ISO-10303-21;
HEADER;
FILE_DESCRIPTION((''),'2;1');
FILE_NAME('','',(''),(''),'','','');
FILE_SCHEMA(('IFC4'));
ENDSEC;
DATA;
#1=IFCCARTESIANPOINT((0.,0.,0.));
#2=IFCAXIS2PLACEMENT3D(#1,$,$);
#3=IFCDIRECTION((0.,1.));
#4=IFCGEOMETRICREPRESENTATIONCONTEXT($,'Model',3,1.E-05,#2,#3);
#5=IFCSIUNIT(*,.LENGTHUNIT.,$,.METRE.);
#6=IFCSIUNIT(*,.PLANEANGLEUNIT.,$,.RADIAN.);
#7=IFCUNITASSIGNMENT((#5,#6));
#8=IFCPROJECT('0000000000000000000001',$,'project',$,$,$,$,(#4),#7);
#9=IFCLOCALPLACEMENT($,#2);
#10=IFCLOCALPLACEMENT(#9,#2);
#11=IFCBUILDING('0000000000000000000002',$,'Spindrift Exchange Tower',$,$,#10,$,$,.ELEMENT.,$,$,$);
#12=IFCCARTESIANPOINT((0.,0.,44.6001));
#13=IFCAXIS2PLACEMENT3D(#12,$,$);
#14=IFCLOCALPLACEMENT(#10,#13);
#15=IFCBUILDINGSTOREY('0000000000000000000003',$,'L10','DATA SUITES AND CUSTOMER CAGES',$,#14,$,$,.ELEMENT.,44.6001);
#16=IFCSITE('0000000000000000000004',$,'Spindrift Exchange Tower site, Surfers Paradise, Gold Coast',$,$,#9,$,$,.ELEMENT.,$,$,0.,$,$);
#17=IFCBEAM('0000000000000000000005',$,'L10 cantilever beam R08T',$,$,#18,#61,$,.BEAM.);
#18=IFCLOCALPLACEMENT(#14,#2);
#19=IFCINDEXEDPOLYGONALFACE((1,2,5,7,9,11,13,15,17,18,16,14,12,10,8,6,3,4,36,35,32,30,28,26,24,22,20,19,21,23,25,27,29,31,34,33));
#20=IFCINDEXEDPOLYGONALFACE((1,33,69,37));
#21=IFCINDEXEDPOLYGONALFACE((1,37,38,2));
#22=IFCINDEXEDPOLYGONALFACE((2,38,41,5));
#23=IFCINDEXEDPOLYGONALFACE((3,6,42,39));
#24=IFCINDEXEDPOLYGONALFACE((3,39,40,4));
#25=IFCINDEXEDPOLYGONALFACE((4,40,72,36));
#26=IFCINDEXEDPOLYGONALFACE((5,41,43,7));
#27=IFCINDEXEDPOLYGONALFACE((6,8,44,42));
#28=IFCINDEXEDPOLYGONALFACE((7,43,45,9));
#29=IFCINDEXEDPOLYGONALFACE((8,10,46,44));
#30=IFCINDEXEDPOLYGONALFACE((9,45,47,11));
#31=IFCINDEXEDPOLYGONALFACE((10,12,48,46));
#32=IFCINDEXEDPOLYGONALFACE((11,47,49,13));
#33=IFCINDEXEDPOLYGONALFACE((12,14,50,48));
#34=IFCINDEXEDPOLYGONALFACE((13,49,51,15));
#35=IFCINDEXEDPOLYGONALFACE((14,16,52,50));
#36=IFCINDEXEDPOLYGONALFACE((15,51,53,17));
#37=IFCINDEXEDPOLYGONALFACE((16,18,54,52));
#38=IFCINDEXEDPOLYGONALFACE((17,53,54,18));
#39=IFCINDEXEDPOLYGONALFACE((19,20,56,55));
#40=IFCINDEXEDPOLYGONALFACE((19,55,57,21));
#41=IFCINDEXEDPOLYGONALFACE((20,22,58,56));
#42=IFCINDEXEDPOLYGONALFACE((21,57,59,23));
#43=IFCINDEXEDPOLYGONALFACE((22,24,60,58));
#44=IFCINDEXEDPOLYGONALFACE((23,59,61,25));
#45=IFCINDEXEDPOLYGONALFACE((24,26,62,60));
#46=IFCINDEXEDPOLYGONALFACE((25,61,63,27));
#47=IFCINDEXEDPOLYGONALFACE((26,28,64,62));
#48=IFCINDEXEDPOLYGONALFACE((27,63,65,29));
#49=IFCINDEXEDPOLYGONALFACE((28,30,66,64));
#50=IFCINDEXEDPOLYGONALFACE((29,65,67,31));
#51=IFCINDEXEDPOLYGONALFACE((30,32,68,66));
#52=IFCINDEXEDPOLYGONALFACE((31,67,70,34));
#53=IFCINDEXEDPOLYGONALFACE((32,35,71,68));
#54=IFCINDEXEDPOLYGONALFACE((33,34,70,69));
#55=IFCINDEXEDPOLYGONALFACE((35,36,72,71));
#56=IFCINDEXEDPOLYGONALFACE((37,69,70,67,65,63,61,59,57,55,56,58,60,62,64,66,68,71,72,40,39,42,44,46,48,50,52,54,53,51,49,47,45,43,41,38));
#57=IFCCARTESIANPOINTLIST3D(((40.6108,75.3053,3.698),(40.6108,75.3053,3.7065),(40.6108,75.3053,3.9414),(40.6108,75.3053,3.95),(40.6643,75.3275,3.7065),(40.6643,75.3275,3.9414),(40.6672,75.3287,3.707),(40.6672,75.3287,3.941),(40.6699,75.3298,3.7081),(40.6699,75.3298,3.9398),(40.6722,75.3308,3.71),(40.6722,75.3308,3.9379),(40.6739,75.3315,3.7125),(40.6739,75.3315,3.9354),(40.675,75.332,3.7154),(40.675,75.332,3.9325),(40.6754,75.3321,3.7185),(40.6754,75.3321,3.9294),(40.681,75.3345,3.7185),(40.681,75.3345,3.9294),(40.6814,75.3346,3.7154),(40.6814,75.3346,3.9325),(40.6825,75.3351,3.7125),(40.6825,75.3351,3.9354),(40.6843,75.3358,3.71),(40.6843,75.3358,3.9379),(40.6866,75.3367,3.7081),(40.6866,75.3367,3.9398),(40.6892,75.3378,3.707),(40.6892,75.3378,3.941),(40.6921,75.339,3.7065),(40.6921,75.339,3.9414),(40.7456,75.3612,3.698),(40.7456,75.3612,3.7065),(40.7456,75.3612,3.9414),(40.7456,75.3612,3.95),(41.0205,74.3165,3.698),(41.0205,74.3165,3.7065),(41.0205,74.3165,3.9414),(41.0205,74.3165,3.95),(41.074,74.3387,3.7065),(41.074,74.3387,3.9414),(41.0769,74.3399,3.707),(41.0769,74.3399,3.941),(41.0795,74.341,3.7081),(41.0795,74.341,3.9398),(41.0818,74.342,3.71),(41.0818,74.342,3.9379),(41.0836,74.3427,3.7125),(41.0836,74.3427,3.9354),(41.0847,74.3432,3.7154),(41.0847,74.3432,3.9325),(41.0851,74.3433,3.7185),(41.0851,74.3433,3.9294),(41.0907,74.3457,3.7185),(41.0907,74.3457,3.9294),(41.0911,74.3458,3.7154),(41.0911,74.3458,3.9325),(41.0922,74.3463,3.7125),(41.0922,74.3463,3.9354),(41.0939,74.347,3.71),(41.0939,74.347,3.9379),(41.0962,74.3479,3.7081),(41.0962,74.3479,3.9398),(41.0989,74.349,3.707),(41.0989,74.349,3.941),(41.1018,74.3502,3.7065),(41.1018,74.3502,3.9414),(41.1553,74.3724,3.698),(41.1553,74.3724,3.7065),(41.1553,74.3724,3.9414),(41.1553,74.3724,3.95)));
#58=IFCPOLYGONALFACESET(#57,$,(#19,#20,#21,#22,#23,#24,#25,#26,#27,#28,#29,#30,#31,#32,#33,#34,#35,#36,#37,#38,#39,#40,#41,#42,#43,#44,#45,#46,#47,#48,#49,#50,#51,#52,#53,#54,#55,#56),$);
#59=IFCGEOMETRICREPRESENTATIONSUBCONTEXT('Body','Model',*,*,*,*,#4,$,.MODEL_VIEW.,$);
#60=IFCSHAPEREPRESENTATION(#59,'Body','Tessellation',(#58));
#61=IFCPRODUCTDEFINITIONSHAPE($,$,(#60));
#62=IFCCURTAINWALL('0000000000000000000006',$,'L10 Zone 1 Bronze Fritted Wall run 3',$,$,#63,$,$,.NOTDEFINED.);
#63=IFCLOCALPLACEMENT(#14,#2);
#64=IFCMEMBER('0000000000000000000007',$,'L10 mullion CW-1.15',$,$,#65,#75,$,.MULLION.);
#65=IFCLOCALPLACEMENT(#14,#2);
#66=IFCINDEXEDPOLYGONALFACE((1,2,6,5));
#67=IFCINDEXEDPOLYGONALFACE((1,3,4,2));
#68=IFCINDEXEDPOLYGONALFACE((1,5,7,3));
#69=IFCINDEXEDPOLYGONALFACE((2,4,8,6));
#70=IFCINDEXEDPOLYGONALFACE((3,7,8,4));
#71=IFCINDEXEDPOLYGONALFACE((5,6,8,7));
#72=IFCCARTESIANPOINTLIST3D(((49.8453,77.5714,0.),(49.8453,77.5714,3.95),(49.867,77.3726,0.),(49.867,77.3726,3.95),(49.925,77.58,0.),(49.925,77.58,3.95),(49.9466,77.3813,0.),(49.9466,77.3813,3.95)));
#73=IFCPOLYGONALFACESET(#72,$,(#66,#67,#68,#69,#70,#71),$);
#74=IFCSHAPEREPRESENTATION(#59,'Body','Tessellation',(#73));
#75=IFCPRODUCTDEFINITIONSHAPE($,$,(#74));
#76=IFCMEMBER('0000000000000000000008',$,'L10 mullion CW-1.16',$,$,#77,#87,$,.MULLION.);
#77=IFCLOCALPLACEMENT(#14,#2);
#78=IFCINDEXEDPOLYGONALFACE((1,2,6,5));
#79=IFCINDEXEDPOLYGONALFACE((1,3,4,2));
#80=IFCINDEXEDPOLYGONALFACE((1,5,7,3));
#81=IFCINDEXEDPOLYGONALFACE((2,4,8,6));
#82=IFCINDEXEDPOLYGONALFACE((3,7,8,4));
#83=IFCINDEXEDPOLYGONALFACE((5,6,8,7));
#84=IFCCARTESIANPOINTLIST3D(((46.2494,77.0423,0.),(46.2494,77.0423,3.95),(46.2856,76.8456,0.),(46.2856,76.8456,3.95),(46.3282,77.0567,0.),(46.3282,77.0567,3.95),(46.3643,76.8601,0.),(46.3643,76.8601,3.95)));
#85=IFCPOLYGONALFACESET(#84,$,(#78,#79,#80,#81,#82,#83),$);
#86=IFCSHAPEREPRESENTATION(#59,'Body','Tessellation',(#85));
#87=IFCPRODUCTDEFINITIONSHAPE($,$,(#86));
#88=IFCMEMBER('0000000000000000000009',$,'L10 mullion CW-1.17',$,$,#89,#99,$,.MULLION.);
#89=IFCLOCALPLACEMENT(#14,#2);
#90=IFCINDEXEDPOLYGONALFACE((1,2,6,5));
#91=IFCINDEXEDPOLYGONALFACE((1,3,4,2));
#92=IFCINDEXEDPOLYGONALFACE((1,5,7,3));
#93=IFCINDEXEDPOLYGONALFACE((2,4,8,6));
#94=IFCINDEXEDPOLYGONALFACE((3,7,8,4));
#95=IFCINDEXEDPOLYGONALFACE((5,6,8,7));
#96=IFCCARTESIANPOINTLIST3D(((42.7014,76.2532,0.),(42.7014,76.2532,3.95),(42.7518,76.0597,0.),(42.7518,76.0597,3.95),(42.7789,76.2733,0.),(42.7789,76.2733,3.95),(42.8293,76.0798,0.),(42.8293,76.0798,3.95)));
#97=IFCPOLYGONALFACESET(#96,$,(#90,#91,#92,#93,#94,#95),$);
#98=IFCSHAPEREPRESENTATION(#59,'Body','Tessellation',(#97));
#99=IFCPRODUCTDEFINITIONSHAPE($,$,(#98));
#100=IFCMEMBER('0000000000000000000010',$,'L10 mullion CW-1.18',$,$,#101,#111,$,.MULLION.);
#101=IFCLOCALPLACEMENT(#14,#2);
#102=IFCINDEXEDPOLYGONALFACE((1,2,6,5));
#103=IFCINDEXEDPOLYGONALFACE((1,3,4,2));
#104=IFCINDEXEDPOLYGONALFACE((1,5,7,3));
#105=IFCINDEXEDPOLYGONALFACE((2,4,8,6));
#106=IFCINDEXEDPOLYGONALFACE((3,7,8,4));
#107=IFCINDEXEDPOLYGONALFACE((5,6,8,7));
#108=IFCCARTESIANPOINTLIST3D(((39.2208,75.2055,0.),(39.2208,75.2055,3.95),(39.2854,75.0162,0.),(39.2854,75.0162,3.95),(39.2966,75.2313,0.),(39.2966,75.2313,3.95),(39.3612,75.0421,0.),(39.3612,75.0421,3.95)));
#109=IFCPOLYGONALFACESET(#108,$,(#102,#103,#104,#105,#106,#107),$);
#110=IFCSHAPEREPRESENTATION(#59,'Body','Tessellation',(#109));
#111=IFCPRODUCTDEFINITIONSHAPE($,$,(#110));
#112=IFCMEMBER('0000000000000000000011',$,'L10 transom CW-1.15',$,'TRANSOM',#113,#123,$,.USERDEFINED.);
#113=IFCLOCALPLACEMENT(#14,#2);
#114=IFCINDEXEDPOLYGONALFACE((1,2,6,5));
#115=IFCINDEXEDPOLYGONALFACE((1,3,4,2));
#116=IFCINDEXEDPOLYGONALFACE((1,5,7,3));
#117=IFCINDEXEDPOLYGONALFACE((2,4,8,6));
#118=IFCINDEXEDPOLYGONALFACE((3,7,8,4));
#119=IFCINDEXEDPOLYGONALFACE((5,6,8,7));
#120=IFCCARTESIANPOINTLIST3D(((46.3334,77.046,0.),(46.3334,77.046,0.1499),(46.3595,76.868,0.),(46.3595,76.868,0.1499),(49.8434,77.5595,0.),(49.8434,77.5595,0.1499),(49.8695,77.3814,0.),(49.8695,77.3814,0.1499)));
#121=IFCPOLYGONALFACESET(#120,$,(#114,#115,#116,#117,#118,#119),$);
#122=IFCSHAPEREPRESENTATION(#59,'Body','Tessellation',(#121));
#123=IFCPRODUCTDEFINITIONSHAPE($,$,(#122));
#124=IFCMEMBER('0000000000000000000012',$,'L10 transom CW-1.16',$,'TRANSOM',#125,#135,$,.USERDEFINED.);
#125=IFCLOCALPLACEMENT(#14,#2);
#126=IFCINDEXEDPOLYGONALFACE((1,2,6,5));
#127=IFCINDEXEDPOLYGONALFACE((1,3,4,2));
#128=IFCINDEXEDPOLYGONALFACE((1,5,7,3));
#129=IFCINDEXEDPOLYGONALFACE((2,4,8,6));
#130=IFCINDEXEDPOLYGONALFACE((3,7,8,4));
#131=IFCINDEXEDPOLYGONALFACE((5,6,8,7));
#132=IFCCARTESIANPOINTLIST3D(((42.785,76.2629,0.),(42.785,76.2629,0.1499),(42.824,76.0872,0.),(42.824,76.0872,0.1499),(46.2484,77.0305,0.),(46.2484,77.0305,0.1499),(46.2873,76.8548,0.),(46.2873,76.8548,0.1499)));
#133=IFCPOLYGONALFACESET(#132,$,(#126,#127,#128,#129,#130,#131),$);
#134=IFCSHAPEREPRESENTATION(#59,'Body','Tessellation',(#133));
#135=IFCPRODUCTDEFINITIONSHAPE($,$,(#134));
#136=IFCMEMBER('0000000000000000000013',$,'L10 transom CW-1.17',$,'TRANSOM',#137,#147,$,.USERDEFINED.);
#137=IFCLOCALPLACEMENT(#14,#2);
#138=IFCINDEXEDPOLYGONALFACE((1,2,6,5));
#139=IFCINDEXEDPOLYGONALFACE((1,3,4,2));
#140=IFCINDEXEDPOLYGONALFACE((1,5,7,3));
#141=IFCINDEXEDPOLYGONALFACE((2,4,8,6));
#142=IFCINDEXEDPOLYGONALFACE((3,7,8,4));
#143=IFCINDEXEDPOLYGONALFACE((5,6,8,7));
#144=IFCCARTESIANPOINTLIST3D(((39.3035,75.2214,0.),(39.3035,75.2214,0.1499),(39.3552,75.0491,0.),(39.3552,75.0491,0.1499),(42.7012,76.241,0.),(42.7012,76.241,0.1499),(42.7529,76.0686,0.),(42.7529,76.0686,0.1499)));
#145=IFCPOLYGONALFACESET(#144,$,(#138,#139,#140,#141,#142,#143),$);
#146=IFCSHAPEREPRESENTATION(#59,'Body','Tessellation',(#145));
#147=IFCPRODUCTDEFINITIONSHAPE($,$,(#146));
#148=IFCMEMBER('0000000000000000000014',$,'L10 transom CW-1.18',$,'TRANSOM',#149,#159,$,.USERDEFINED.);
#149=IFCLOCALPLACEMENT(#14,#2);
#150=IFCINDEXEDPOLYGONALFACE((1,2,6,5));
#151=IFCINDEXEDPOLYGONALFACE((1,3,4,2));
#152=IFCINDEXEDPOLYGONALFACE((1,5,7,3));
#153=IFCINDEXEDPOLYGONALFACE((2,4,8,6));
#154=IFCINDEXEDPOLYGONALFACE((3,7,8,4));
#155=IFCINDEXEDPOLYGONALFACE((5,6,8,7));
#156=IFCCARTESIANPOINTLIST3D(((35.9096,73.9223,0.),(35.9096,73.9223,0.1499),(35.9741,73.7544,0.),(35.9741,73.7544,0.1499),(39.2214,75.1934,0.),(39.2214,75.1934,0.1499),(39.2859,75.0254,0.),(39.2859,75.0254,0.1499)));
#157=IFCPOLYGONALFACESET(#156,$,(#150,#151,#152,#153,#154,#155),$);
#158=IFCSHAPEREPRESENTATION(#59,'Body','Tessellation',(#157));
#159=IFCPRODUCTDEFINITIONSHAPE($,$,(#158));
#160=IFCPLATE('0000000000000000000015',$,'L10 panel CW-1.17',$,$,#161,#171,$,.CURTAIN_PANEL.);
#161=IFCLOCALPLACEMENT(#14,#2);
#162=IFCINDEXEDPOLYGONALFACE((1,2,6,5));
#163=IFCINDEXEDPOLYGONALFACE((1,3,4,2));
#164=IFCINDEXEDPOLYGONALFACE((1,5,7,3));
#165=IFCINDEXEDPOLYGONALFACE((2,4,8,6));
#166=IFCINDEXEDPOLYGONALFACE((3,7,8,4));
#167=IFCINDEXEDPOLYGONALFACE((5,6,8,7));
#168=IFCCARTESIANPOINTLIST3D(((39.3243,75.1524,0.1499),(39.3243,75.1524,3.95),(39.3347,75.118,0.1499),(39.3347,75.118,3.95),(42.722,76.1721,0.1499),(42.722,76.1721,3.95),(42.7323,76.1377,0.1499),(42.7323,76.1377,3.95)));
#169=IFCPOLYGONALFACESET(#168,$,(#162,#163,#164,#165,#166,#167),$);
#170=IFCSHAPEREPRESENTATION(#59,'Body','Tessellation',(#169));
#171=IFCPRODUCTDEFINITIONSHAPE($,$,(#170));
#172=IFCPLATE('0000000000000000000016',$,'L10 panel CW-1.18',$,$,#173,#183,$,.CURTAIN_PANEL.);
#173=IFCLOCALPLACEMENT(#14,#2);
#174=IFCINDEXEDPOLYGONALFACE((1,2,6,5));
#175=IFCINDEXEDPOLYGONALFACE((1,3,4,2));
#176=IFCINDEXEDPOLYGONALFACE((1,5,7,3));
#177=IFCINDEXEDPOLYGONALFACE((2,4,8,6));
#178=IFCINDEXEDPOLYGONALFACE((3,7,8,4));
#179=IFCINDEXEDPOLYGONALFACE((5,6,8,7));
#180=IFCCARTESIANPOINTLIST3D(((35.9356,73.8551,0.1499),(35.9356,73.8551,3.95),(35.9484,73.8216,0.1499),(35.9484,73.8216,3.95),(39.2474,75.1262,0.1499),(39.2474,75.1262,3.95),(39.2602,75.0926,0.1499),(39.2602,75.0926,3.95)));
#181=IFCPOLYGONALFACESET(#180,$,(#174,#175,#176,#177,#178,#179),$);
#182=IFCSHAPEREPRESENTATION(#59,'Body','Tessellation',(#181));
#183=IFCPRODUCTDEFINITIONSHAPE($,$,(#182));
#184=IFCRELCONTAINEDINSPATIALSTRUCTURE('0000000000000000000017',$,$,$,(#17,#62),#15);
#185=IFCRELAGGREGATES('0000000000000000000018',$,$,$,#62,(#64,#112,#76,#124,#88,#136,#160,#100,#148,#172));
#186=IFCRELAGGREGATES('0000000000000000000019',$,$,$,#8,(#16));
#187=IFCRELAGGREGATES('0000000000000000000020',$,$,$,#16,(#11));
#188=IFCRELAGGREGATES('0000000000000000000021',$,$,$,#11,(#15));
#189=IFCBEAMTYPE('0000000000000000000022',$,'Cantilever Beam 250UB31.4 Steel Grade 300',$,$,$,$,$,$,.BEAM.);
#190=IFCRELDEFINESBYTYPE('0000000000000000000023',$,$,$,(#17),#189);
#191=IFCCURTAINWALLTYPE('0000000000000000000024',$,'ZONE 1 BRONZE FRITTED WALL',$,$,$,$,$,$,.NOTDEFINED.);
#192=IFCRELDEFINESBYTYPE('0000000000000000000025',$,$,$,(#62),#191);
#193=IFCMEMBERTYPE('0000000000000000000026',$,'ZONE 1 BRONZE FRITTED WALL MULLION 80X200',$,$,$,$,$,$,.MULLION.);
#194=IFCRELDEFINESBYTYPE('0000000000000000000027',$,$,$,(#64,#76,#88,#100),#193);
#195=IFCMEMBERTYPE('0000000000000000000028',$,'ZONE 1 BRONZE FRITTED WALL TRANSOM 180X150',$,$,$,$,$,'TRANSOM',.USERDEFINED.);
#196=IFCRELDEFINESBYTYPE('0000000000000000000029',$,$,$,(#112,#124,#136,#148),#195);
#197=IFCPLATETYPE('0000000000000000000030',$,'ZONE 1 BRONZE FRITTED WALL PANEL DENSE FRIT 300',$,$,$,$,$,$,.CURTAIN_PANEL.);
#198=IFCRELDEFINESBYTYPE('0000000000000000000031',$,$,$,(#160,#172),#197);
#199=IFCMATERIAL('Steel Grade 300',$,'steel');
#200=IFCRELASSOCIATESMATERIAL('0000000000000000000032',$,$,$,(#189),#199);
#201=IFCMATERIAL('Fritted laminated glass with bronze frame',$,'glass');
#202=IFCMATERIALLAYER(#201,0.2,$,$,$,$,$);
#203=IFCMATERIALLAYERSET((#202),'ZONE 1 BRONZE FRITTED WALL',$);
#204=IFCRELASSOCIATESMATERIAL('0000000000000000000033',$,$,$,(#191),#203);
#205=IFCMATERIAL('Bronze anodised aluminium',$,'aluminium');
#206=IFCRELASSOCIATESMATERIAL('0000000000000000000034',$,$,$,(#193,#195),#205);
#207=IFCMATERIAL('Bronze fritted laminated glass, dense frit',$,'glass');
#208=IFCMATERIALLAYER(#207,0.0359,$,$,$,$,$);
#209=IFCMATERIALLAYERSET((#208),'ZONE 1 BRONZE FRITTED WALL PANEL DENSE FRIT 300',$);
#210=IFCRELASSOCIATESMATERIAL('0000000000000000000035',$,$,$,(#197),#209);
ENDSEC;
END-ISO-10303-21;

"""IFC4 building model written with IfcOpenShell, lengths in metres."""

from ifc_helpers import new_model, si_unit, direction, frame, origin, origin_2d, place, context, subcontext, project, spatial, rectangle, i_section, extrude, source, transform, mapped, material, layer, layer_set, material_profile, profile_set, type_object, element, aggregate, save


model = new_model("IFC4")

# Units and contexts
model_context = context("Model", 3, precision=1e-05, world=origin(), true_north=direction((0.0, 1.0)))
body_context = subcontext(model_context, "Body", "Model", "MODEL_VIEW")
ifc_project = project(units=[si_unit("LENGTHUNIT", "METRE"), si_unit("PLANEANGLEUNIT", "RADIAN")], contexts=[model_context])

# Site, building, storey
site_placement = place(None, origin())
site = spatial("IfcSite", under=ifc_project, at=site_placement, Name="Spindrift Exchange Tower site, Surfers Paradise, Gold Coast", CompositionType="ELEMENT", RefElevation=0.0)
building_placement = place(site_placement, origin())
building = spatial("IfcBuilding", under=site, at=building_placement, Name="Spindrift Exchange Tower", CompositionType="ELEMENT")
storey_placement = place(building_placement, frame((0.0, 0.0, 44.6001)))
storey = spatial("IfcBuildingStorey", under=building, at=storey_placement, Name="L10", Description="DATA SUITES AND CUSTOMER CAGES", CompositionType="ELEMENT", Elevation=44.6001)

# Beam
ifc_material_1 = material(Name="Steel Grade 300", Category="steel")
ifc_material_profile_1 = material_profile(ifc_material_1, i_section(OverallWidth=0.146, OverallDepth=0.252, WebThickness=0.0061, FlangeThickness=0.0085, FilletRadius=0.012, at=origin_2d()), Name="250UB31.4")
ifc_profile_set_1 = profile_set([ifc_material_profile_1], Name="Steel Grade 300")
beam_type_1 = type_object("IfcBeamType", Name="Cantilever Beam 250UB31.4 Steel Grade 300", PredefinedType="BEAM", material=ifc_profile_set_1)
shared_shape_1 = source(origin(), body_context, "Body", "SweptSolid", [
    extrude(i_section(OverallWidth=0.146, OverallDepth=0.252, WebThickness=0.0061, FlangeThickness=0.0085, FilletRadius=0.012, at=origin_2d()), origin(), (0.0, 0.0, 1.0), 1.0703),
])
beam_1_placement = place(storey_placement, frame((41.0879, 74.3445, 3.824), z_axis=(-0.382768, 0.923844, 0.0), x_axis=(-0.923844, -0.382768, 0.0)))
element("IfcBeam", 1, at=beam_1_placement, inside=storey, type_object=beam_type_1, Name="L10 cantilever beam R08T", PredefinedType="BEAM", context=body_context, shape_type="MappedRepresentation", body=[
    mapped(shared_shape_1, transform((0.0, 0.0, 0.0), scale=1.0)),
])

# Curtain wall, members, plates
ifc_material_2 = material(Name="Fritted laminated glass with bronze frame", Category="glass")
ifc_layer_1 = layer(ifc_material_2, 0.2)
ifc_layer_set_1 = layer_set([ifc_layer_1], Name="ZONE 1 BRONZE FRITTED WALL")
curtain_wall_type = type_object("IfcCurtainWallType", Name="ZONE 1 BRONZE FRITTED WALL", PredefinedType="NOTDEFINED", material=ifc_layer_set_1)
curtain_wall_placement = place(storey_placement, origin())
curtain_wall = element("IfcCurtainWall", 2, at=curtain_wall_placement, inside=storey, type_object=curtain_wall_type, Name="L10 Zone 1 Bronze Fritted Wall run 3", PredefinedType="NOTDEFINED")
ifc_material_3 = material(Name="Bronze anodised aluminium", Category="aluminium")
ifc_material_profile_2 = material_profile(ifc_material_3, rectangle(XDim=0.0801, YDim=0.2, at=origin_2d()), Name="ZONE 1 BRONZE FRITTED WALL MULLION 80X200")
ifc_profile_set_2 = profile_set([ifc_material_profile_2], Name="Bronze anodised aluminium")
member_type_1 = type_object("IfcMemberType", Name="ZONE 1 BRONZE FRITTED WALL MULLION 80X200", PredefinedType="MULLION", material=ifc_profile_set_2)
shared_shape_2 = source(origin(), body_context, "Body", "SweptSolid", [
    extrude(rectangle(XDim=0.0801, YDim=0.2, at=origin_2d()), origin(), (0.0, 0.0, 1.0), 3.95),
])
member_1_placement = place(storey_placement, frame((49.896, 77.4763, 0.0), z_axis=(0.0, 0.0, 1.0), x_axis=(-0.994098, -0.108482, 0.0)))
member_1 = element("IfcMember", 3, at=member_1_placement, type_object=member_type_1, Name="L10 mullion CW-1.15", PredefinedType="MULLION", context=body_context, shape_type="MappedRepresentation", body=[
    mapped(shared_shape_2, transform((0.0, 0.0, 0.0), scale=1.0)),
])
member_2_placement = place(storey_placement, frame((46.3069, 76.9512, 0.0), z_axis=(0.0, 0.0, 1.0), x_axis=(-0.983545, -0.180663, 0.0)))
member_2 = element("IfcMember", 4, at=member_2_placement, type_object=member_type_1, Name="L10 mullion CW-1.16", PredefinedType="MULLION", context=body_context, shape_type="MappedRepresentation", body=[
    mapped(shared_shape_2, transform((0.0, 0.0, 0.0), scale=1.0)),
])
member_3_placement = place(storey_placement, frame((42.7654, 76.1665, 0.0), z_axis=(0.0, 0.0, 1.0), x_axis=(-0.967708, -0.252075, 0.0)))
member_3 = element("IfcMember", 5, at=member_3_placement, type_object=member_type_1, Name="L10 mullion CW-1.17", PredefinedType="MULLION", context=body_context, shape_type="MappedRepresentation", body=[
    mapped(shared_shape_2, transform((0.0, 0.0, 0.0), scale=1.0)),
])
member_4_placement = place(storey_placement, frame((39.291, 75.1238, 0.0), z_axis=(0.0, 0.0, 1.0), x_axis=(-0.946363, -0.323106, 0.0)))
member_4 = element("IfcMember", 6, at=member_4_placement, type_object=member_type_1, Name="L10 mullion CW-1.18", PredefinedType="MULLION", context=body_context, shape_type="MappedRepresentation", body=[
    mapped(shared_shape_2, transform((0.0, 0.0, 0.0), scale=1.0)),
])
ifc_material_profile_3 = material_profile(ifc_material_3, rectangle(XDim=0.1799, YDim=0.1499, at=origin_2d()), Name="ZONE 1 BRONZE FRITTED WALL TRANSOM 180X150")
ifc_profile_set_3 = profile_set([ifc_material_profile_3], Name="Bronze anodised aluminium")
member_type_2 = type_object("IfcMemberType", Name="ZONE 1 BRONZE FRITTED WALL TRANSOM 180X150", ElementType="TRANSOM", PredefinedType="USERDEFINED", material=ifc_profile_set_3)
shared_shape_3 = source(origin(), body_context, "Body", "SweptSolid", [
    extrude(rectangle(XDim=0.1799, YDim=0.1499, at=origin_2d()), origin(), (0.0, 0.0, 1.0), 3.5474),
])
member_5_placement = place(storey_placement, frame((49.8564, 77.4705, 0.075), z_axis=(-0.98947, -0.144735, 0.0), x_axis=(0.144735, -0.98947, 0.0)))
member_5 = element("IfcMember", 7, at=member_5_placement, type_object=member_type_2, Name="L10 transom CW-1.15", ObjectType="TRANSOM", PredefinedType="USERDEFINED", context=body_context, shape_type="MappedRepresentation", body=[
    mapped(shared_shape_3, transform((0.0, 0.0, 0.0), scale=1.0)),
])
member_6_placement = place(storey_placement, frame((46.2678, 76.9426, 0.075), z_axis=(-0.97631, -0.216377, 0.0), x_axis=(0.216377, -0.97631, 0.0)))
member_6 = element("IfcMember", 8, at=member_6_placement, type_object=member_type_2, Name="L10 transom CW-1.16", ObjectType="TRANSOM", PredefinedType="USERDEFINED", context=body_context, shape_type="MappedRepresentation", body=[
    mapped(shared_shape_3, transform((0.0, 0.0, 0.0), scale=1.0)),
])
member_7_placement = place(storey_placement, frame((42.7271, 76.1548, 0.075), z_axis=(-0.957809, -0.287405, 0.0), x_axis=(0.287405, -0.957809, 0.0)))
member_7 = element("IfcMember", 9, at=member_7_placement, type_object=member_type_2, Name="L10 transom CW-1.17", ObjectType="TRANSOM", PredefinedType="USERDEFINED", context=body_context, shape_type="MappedRepresentation", body=[
    mapped(shared_shape_3, transform((0.0, 0.0, 0.0), scale=1.0)),
])
member_8_placement = place(storey_placement, frame((39.2537, 75.1094, 0.075), z_axis=(-0.933606, -0.358301, 0.0), x_axis=(0.358301, -0.933606, 0.0)))
member_8 = element("IfcMember", 10, at=member_8_placement, type_object=member_type_2, Name="L10 transom CW-1.18", ObjectType="TRANSOM", PredefinedType="USERDEFINED", context=body_context, shape_type="MappedRepresentation", body=[
    mapped(shared_shape_3, transform((0.0, 0.0, 0.0), scale=1.0)),
])
ifc_material_4 = material(Name="Bronze fritted laminated glass, dense frit", Category="glass")
ifc_layer_2 = layer(ifc_material_4, 0.0359)
ifc_layer_set_2 = layer_set([ifc_layer_2], Name="ZONE 1 BRONZE FRITTED WALL PANEL DENSE FRIT 300")
plate_type_1 = type_object("IfcPlateType", Name="ZONE 1 BRONZE FRITTED WALL PANEL DENSE FRIT 300", PredefinedType="CURTAIN_PANEL", material=ifc_layer_set_2)
shared_shape_4 = source(origin(), body_context, "Body", "SweptSolid", [
    extrude(rectangle(XDim=3.5474, YDim=0.0359, at=origin_2d()), origin(), (0.0, 0.0, 1.0), 3.8),
])
plate_1_placement = place(storey_placement, frame((41.0283, 75.645, 0.1499), z_axis=(0.0, 0.0, 1.0), x_axis=(-0.957795, -0.287451, 0.0)))
plate_1 = element("IfcPlate", 11, at=plate_1_placement, type_object=plate_type_1, Name="L10 panel CW-1.17", PredefinedType="CURTAIN_PANEL", context=body_context, shape_type="MappedRepresentation", body=[
    mapped(shared_shape_4, transform((0.0, 0.0, 0.0), scale=1.0)),
])
plate_2_placement = place(storey_placement, frame((37.5979, 74.4739, 0.1499), z_axis=(0.0, 0.0, 1.0), x_axis=(-0.933604, -0.358306, 0.0)))
plate_2 = element("IfcPlate", 12, at=plate_2_placement, type_object=plate_type_1, Name="L10 panel CW-1.18", PredefinedType="CURTAIN_PANEL", context=body_context, shape_type="MappedRepresentation", body=[
    mapped(shared_shape_4, transform((0.0, 0.0, 0.0), scale=1.0)),
])
aggregate(curtain_wall, [member_1, member_5, member_2, member_6, member_3, member_7, plate_1, member_4, member_8, plate_2])

save(model, "model.ifc")
